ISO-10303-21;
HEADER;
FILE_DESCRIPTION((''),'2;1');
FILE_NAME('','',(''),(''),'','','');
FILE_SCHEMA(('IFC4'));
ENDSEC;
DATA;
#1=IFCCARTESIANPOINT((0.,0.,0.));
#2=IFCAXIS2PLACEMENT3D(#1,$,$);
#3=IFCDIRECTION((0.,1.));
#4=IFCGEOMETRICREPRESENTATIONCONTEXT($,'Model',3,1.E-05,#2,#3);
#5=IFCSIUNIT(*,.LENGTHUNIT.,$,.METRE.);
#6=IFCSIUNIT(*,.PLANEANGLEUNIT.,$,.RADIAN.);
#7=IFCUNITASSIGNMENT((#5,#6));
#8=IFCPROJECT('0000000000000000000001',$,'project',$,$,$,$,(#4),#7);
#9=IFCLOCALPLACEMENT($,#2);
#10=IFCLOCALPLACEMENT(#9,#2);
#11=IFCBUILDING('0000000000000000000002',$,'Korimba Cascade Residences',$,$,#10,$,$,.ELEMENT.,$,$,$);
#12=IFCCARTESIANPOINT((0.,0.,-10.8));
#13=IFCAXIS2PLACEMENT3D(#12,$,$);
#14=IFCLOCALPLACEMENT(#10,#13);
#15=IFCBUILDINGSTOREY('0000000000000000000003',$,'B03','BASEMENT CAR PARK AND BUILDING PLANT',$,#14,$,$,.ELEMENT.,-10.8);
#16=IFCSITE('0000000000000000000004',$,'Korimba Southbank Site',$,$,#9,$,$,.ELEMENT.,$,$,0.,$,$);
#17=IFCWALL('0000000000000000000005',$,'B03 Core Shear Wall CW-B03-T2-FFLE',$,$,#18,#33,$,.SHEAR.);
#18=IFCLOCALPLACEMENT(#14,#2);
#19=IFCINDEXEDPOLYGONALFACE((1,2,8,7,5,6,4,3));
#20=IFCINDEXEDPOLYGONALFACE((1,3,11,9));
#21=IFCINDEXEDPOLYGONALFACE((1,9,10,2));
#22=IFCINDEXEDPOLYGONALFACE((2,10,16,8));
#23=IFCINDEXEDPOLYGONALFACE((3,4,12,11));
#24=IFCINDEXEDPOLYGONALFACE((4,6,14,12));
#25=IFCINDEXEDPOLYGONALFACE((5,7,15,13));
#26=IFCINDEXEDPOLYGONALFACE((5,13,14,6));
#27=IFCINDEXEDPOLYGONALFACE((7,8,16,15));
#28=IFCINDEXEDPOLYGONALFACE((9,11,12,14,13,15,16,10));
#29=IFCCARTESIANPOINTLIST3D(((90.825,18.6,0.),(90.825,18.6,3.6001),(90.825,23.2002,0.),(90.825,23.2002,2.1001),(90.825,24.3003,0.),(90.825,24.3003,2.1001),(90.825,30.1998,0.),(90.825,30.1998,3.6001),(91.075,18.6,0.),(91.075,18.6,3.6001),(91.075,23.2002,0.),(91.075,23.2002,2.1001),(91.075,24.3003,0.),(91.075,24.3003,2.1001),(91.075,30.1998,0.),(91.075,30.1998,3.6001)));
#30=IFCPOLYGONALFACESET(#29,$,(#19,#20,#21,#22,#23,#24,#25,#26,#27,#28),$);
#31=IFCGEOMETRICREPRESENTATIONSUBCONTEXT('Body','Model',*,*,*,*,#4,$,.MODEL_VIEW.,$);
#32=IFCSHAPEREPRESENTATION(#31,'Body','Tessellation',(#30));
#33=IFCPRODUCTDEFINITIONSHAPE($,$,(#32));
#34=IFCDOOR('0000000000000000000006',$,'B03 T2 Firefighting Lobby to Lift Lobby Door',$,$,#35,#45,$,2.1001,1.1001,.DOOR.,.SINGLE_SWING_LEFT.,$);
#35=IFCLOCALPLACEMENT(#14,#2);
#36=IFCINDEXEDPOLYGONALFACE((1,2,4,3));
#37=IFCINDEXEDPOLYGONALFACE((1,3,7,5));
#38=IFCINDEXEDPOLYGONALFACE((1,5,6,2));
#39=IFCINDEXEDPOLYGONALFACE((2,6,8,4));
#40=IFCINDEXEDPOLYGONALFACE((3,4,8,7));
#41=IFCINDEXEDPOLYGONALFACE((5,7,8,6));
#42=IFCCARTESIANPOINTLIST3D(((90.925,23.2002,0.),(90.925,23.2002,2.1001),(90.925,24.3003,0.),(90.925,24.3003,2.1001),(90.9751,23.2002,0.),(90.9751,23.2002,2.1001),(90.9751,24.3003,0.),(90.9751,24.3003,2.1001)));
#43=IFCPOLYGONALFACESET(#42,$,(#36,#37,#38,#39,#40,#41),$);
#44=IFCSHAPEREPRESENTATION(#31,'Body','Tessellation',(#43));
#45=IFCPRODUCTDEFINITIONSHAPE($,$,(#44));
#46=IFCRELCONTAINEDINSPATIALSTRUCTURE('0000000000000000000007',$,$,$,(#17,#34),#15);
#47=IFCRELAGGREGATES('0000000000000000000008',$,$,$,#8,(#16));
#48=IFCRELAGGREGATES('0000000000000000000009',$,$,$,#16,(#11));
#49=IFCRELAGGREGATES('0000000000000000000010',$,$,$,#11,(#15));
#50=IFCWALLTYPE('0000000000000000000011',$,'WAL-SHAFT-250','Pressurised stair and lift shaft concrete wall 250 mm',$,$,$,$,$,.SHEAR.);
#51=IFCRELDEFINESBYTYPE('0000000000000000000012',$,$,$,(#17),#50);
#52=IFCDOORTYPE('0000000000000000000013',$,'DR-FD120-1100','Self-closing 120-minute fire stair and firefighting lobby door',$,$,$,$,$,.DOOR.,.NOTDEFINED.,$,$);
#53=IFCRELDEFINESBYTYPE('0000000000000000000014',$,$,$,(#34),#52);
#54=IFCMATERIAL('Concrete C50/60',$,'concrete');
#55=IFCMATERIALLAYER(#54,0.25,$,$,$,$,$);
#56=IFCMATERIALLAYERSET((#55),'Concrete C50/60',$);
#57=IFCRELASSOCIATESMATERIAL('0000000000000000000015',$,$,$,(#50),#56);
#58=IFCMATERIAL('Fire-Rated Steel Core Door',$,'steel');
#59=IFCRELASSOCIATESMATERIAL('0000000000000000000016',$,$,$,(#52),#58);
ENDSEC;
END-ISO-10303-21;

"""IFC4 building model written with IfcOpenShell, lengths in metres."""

from ifc_helpers import new_model, si_unit, direction, frame, frame_2d, origin, place, context, subcontext, project, spatial, rectangle, extrude, material, layer, layer_set, type_object, element, fill, save


model = new_model("IFC4")

# Units and contexts
model_context = context("Model", 3, precision=1e-05, world=origin(), true_north=direction((0.0, 1.0)))
body_context = subcontext(model_context, "Body", "Model", "MODEL_VIEW")
ifc_project = project(units=[si_unit("LENGTHUNIT", "METRE"), si_unit("PLANEANGLEUNIT", "RADIAN")], contexts=[model_context])

# Site, building, storey
site_placement = place(None, origin())
site = spatial("IfcSite", under=ifc_project, at=site_placement, Name="Korimba Southbank Site", CompositionType="ELEMENT", RefElevation=0.0)
building_placement = place(site_placement, origin())
building = spatial("IfcBuilding", under=site, at=building_placement, Name="Korimba Cascade Residences", CompositionType="ELEMENT")
storey_placement = place(building_placement, frame((0.0, 0.0, -10.8)))
storey = spatial("IfcBuildingStorey", under=building, at=storey_placement, Name="B03", Description="BASEMENT CAR PARK AND BUILDING PLANT", CompositionType="ELEMENT", Elevation=-10.8)

# Shared definitions
ifc_material_1 = material(Name="Concrete C50/60", Category="concrete")

# Wall, opening, door
ifc_layer_1 = layer(ifc_material_1, 0.25)
ifc_layer_set_1 = layer_set([ifc_layer_1], Name="Concrete C50/60")
wall_type_1 = type_object("IfcWallType", Name="WAL-SHAFT-250", Description="Pressurised stair and lift shaft concrete wall 250 mm", PredefinedType="SHEAR", material=ifc_layer_set_1)
wall_1_placement = place(storey_placement, frame((90.95, 18.6001, 0.0), z_axis=(0.0, 0.0, 1.0), x_axis=(0.0, 1.0, 0.0)))
wall_1 = element("IfcWall", 1, at=wall_1_placement, inside=storey, type_object=wall_type_1, Name="B03 Core Shear Wall CW-B03-T2-FFLE", PredefinedType="SHEAR", context=body_context, shape_type="SweptSolid", body=[
    extrude(rectangle(XDim=11.5999, YDim=0.25, at=frame_2d((5.7998, 0.0))), origin(), (0.0, 0.0, 1.0), 3.6001),
])
opening_1_placement = place(wall_1_placement, frame((4.6001, 0.0, 0.0)))
opening_1 = element("IfcOpeningElement", 2, at=opening_1_placement, cuts=wall_1, PredefinedType="OPENING", context=body_context, shape_type="SweptSolid", body=[
    extrude(rectangle(XDim=1.1001, YDim=2.1001, at=frame_2d((0.55, 1.05))), frame((0.0, 0.135, 0.0), z_axis=(0.0, -1.0, 0.0), x_axis=(1.0, 0.0, 0.0)), (0.0, 0.0, 1.0), 0.27),
])
ifc_material_2 = material(Name="Fire-Rated Steel Core Door", Category="steel")
door_type_1 = type_object("IfcDoorType", Name="DR-FD120-1100", Description="Self-closing 120-minute fire stair and firefighting lobby door", OperationType="NOTDEFINED", PredefinedType="DOOR", material=ifc_material_2)
door_1_placement = place(opening_1_placement, origin())
door_1 = element("IfcDoor", 3, at=door_1_placement, inside=storey, type_object=door_type_1, Name="B03 T2 Firefighting Lobby to Lift Lobby Door", OperationType="SINGLE_SWING_LEFT", OverallHeight=2.1001, OverallWidth=1.1001, PredefinedType="DOOR", context=body_context, shape_type="SweptSolid", body=[
    extrude(rectangle(XDim=1.1001, YDim=2.1001, at=frame_2d((0.55, 1.05))), frame((0.0, 0.0249, 0.0), z_axis=(0.0, -1.0, 0.0), x_axis=(1.0, 0.0, 0.0)), (0.0, 0.0, 1.0), 0.05),
])
fill(opening_1, door_1)

save(model, "model.ifc")
